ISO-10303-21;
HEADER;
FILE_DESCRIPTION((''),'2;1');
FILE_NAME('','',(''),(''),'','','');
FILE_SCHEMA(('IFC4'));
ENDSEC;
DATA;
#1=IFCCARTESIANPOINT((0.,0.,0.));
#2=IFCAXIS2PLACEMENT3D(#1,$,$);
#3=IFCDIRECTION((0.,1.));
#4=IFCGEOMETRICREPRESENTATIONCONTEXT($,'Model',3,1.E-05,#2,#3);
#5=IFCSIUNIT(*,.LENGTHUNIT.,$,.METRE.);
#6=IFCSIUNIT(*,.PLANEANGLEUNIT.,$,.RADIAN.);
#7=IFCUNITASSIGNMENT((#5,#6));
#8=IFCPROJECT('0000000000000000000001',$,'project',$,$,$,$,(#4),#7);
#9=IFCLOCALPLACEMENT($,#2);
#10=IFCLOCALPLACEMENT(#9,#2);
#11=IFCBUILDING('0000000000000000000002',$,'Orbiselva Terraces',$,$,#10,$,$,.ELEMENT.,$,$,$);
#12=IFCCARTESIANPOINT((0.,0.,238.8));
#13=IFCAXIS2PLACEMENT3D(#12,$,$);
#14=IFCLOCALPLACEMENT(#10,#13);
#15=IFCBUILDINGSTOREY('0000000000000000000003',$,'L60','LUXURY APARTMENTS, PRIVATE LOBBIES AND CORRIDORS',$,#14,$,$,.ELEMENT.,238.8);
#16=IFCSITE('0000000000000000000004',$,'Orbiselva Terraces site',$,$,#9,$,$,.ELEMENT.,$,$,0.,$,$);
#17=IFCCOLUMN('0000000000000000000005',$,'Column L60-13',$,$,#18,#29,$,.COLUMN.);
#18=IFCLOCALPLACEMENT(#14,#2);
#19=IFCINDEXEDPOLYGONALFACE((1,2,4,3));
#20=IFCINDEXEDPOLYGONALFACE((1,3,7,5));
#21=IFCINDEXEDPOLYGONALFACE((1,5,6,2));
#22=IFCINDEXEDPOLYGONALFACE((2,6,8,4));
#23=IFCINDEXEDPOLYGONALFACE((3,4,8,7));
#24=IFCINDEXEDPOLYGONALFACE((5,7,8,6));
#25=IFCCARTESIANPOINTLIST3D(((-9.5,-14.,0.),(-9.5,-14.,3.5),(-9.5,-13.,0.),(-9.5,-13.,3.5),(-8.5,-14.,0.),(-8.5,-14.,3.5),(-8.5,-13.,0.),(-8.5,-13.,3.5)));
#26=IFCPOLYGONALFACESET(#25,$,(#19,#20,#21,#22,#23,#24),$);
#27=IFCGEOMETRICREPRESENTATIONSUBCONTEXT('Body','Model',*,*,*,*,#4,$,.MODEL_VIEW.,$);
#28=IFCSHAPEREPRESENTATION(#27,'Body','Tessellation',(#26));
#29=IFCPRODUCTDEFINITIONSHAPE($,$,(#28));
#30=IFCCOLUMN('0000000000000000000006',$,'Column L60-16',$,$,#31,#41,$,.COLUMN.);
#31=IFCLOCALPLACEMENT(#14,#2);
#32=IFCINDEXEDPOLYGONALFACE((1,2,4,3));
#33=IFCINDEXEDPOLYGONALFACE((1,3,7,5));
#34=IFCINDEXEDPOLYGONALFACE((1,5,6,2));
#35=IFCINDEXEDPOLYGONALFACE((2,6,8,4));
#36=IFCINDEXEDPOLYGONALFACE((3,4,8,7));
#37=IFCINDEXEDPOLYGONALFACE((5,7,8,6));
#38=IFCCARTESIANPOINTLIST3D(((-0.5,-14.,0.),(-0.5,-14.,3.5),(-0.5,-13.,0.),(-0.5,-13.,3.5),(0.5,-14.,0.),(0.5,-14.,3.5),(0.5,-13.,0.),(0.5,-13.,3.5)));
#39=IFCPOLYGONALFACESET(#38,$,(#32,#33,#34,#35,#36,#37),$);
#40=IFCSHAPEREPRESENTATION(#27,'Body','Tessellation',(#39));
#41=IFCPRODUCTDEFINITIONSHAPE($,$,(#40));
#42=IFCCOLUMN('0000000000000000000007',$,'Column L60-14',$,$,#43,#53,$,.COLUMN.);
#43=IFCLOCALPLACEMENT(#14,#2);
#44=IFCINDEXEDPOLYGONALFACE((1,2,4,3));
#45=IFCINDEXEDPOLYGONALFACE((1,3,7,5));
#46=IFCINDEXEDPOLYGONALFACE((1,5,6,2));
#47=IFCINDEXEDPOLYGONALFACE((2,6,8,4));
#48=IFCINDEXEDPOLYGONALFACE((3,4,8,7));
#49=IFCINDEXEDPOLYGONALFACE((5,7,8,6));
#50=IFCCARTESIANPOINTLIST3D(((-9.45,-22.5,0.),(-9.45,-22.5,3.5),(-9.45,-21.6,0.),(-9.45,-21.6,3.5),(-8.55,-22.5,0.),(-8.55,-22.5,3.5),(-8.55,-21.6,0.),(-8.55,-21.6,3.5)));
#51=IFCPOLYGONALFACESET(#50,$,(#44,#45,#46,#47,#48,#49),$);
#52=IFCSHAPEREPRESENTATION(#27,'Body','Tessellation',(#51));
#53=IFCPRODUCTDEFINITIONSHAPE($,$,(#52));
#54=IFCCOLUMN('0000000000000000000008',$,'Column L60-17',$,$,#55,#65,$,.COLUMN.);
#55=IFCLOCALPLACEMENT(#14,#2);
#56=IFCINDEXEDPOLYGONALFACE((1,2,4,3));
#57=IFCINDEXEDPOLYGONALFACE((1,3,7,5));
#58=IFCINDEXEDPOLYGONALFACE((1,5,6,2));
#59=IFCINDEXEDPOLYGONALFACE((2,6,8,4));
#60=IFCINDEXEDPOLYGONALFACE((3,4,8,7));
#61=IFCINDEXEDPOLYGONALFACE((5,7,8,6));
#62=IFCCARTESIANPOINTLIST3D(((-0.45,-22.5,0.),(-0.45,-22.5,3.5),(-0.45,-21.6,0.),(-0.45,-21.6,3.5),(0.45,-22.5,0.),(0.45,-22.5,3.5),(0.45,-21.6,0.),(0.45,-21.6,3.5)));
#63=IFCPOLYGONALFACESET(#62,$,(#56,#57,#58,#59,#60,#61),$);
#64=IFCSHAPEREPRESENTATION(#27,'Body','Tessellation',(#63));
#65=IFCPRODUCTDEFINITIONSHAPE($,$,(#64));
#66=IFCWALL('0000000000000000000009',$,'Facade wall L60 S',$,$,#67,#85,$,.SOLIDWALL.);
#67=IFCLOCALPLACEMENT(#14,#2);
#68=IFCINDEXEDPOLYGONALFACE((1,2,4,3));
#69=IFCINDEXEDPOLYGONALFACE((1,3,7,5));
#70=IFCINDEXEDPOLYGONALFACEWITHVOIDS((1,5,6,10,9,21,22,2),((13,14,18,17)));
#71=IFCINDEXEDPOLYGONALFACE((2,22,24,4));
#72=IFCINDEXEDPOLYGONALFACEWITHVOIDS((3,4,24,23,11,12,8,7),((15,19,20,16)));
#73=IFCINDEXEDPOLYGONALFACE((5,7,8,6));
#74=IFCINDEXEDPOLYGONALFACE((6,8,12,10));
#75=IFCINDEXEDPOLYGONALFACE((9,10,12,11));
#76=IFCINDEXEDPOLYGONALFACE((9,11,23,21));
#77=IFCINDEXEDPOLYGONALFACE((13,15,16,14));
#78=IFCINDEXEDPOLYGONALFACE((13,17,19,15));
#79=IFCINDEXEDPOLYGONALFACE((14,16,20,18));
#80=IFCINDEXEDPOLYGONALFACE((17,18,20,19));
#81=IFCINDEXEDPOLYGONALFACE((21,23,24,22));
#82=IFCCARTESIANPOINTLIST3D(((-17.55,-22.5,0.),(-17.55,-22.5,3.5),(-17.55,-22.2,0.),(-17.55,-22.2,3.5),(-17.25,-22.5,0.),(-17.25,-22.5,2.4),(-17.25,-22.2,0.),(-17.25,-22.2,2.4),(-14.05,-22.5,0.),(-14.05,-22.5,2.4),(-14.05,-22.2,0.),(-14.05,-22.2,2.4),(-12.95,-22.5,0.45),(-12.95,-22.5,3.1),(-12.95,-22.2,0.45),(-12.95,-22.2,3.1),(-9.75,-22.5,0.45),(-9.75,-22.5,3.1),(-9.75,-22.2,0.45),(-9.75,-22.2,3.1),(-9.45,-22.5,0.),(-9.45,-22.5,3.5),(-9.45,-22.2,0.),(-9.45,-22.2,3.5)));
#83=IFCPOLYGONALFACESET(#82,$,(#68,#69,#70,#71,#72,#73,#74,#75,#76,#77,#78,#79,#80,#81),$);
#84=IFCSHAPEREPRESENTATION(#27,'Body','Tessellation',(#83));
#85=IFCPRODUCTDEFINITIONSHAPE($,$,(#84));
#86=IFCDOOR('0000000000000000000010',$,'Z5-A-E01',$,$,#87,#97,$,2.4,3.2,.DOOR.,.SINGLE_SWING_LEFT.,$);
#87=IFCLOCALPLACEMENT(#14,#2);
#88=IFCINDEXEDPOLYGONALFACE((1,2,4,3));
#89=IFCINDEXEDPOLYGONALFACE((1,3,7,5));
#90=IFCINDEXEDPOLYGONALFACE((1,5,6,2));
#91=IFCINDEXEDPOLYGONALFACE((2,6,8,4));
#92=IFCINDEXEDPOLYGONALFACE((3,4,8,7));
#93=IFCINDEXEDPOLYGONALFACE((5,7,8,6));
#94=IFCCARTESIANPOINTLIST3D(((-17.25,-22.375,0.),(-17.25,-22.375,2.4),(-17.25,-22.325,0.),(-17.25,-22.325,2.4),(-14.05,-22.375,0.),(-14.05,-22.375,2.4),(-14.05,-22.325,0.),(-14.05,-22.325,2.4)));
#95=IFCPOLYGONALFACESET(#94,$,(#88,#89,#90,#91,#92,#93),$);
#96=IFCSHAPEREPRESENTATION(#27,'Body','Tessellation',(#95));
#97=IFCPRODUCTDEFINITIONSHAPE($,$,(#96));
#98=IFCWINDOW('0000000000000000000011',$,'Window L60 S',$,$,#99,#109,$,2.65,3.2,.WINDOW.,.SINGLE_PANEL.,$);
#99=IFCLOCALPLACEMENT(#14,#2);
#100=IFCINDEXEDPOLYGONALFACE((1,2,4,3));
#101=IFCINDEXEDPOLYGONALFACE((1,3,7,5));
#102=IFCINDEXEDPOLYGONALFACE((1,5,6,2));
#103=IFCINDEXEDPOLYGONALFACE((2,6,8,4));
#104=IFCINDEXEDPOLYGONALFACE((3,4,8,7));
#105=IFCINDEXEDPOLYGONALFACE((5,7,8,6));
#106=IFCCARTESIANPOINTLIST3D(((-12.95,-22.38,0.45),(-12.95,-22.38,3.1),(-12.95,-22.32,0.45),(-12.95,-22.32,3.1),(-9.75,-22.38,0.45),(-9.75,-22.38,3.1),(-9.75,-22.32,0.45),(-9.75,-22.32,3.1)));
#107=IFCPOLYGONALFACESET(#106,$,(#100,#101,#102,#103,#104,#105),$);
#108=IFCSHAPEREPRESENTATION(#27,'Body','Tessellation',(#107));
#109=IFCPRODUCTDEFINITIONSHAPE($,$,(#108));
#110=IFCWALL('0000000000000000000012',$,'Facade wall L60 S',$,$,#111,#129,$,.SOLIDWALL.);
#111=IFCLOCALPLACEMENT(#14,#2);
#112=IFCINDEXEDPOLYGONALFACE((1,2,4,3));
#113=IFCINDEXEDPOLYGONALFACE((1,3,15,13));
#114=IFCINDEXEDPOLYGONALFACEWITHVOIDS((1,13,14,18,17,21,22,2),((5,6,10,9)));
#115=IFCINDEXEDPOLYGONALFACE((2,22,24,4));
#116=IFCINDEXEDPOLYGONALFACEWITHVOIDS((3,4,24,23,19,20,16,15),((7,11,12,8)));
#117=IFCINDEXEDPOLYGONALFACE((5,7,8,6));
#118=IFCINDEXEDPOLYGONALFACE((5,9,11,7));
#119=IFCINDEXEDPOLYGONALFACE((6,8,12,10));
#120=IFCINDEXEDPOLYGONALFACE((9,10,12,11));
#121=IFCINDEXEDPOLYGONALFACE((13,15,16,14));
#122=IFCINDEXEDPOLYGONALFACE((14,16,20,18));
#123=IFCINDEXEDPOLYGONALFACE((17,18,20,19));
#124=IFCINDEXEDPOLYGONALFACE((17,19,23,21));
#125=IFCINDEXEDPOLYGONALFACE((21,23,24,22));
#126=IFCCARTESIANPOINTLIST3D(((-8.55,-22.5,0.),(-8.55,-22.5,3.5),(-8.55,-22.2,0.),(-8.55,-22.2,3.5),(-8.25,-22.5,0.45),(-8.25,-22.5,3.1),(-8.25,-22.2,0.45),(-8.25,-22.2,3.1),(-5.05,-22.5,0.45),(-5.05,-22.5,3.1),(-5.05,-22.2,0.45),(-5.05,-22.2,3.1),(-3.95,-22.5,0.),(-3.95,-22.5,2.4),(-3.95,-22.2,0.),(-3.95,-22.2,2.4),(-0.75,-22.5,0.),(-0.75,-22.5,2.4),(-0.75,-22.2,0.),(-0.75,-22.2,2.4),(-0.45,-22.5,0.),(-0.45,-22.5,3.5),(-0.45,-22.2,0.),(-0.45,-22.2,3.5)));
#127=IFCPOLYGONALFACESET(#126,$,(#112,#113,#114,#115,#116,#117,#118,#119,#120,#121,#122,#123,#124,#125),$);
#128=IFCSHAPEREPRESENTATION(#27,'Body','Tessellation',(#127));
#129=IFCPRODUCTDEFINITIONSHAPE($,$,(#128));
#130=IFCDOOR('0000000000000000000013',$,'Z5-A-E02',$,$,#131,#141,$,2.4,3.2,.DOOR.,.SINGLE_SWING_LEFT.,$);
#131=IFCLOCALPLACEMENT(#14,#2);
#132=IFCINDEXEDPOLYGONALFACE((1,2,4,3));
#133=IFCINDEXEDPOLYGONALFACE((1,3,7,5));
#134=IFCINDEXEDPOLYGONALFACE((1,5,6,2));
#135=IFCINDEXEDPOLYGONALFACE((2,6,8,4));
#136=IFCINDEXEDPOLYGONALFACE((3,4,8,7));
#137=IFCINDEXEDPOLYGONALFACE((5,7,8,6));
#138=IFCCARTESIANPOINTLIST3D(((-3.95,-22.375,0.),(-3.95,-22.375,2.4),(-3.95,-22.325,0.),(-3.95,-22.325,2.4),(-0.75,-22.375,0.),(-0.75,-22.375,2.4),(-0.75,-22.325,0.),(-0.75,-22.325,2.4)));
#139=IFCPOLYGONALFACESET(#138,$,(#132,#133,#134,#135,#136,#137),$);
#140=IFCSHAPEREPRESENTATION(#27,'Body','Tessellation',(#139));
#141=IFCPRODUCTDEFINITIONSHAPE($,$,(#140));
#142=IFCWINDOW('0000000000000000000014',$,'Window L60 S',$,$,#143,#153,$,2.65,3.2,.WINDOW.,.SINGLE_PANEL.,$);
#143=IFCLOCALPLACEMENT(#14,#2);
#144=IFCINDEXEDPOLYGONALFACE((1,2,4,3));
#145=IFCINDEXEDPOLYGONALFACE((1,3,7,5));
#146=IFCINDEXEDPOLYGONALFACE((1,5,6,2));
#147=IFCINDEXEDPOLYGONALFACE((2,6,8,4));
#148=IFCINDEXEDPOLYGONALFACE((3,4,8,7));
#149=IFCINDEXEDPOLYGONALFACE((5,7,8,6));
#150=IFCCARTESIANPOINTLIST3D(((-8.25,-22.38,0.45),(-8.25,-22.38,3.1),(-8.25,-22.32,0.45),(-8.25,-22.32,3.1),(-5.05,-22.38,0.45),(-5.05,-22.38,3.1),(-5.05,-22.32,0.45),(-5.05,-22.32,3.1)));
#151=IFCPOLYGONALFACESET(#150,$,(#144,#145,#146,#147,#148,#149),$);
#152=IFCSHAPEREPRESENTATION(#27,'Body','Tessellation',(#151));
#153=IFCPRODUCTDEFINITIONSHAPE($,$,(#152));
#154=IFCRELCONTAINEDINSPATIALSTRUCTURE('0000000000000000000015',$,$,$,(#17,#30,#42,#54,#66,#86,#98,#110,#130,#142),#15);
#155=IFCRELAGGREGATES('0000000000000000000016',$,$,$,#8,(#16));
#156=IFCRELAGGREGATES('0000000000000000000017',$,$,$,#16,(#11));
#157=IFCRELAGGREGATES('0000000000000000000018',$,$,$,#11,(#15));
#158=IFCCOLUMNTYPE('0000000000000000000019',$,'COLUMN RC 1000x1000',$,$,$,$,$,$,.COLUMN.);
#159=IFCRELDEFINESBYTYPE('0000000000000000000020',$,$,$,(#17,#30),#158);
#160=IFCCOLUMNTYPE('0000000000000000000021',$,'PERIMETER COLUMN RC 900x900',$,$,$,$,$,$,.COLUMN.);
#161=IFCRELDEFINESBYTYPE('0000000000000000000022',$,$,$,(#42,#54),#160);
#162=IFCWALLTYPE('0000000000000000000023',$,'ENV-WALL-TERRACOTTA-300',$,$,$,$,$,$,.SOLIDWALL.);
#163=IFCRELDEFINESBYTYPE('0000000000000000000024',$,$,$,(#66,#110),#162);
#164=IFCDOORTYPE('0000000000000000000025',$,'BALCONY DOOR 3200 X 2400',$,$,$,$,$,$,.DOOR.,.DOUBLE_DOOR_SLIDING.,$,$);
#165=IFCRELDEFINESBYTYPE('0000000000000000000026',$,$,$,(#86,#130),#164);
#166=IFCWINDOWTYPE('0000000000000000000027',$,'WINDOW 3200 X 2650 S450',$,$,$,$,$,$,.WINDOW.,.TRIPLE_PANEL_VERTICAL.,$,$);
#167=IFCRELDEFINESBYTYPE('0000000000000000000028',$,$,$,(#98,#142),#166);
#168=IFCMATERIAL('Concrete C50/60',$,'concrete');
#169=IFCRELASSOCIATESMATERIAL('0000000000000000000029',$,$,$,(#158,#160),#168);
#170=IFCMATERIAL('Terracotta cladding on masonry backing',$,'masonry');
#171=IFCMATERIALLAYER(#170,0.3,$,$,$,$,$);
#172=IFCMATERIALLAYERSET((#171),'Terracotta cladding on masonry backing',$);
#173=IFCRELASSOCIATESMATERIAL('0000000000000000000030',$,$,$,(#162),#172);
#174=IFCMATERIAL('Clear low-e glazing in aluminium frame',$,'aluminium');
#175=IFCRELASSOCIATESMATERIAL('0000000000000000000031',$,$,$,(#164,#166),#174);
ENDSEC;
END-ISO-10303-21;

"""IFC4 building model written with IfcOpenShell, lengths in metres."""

from ifc_helpers import new_model, si_unit, direction, frame, frame_2d, origin, origin_2d, place, context, subcontext, project, spatial, rectangle, extrude, material, layer, layer_set, material_profile, profile_set, type_object, element, fill, save


model = new_model("IFC4")

# Units and contexts
model_context = context("Model", 3, precision=1e-05, world=origin(), true_north=direction((0.0, 1.0)))
body_context = subcontext(model_context, "Body", "Model", "MODEL_VIEW")
ifc_project = project(units=[si_unit("LENGTHUNIT", "METRE"), si_unit("PLANEANGLEUNIT", "RADIAN")], contexts=[model_context])

# Site, building, storey
site_placement = place(None, origin())
site = spatial("IfcSite", under=ifc_project, at=site_placement, Name="Orbiselva Terraces site", CompositionType="ELEMENT", RefElevation=0.0)
building_placement = place(site_placement, origin())
building = spatial("IfcBuilding", under=site, at=building_placement, Name="Orbiselva Terraces", CompositionType="ELEMENT")
storey_placement = place(building_placement, frame((0.0, 0.0, 238.8)))
storey = spatial("IfcBuildingStorey", under=building, at=storey_placement, Name="L60", Description="LUXURY APARTMENTS, PRIVATE LOBBIES AND CORRIDORS", CompositionType="ELEMENT", Elevation=238.8)

# Columns
ifc_material_1 = material(Name="Concrete C50/60", Category="concrete")
ifc_material_profile_1 = material_profile(ifc_material_1, rectangle(XDim=1.0, YDim=1.0, at=origin_2d()), Name="RC 1000x1000")
ifc_profile_set_1 = profile_set([ifc_material_profile_1], Name="Concrete C50/60")
column_type_1 = type_object("IfcColumnType", Name="COLUMN RC 1000x1000", PredefinedType="COLUMN", material=ifc_profile_set_1)
for number, where, z_axis, x_axis, name in (
    (1, (-9.0, -13.5, 0.0), (0.0, 0.0, 1.0), (1.0, 0.0, 0.0), "Column L60-13"),
    (2, (0.0, -13.5, 0.0), (0.0, 0.0, 1.0), (1.0, 0.0, 0.0), "Column L60-16"),
):
    element("IfcColumn", number, at=place(storey_placement, frame(where, z_axis=z_axis, x_axis=x_axis)), inside=storey, type_object=column_type_1, Name=name, PredefinedType="COLUMN", context=body_context, shape_type="SweptSolid", body=[
        extrude(rectangle(XDim=1.0, YDim=1.0, at=origin_2d()), origin(), (0.0, 0.0, 1.0), 3.5),
    ])
ifc_material_profile_2 = material_profile(ifc_material_1, rectangle(XDim=0.9, YDim=0.9, at=origin_2d()), Name="RC 900x900")
ifc_profile_set_2 = profile_set([ifc_material_profile_2], Name="Concrete C50/60")
column_type_2 = type_object("IfcColumnType", Name="PERIMETER COLUMN RC 900x900", PredefinedType="COLUMN", material=ifc_profile_set_2)
for number, where, z_axis, x_axis, name in (
    (3, (-9.0, -22.05, 0.0), (0.0, 0.0, 1.0), (1.0, 0.0, 0.0), "Column L60-14"),
    (4, (0.0, -22.05, 0.0), (0.0, 0.0, 1.0), (1.0, 0.0, 0.0), "Column L60-17"),
):
    element("IfcColumn", number, at=place(storey_placement, frame(where, z_axis=z_axis, x_axis=x_axis)), inside=storey, type_object=column_type_2, Name=name, PredefinedType="COLUMN", context=body_context, shape_type="SweptSolid", body=[
        extrude(rectangle(XDim=0.9, YDim=0.9, at=origin_2d()), origin(), (0.0, 0.0, 1.0), 3.5),
    ])

# Walls, openings, doors, windows
ifc_material_2 = material(Name="Terracotta cladding on masonry backing", Category="masonry")
ifc_layer_1 = layer(ifc_material_2, 0.3)
ifc_layer_set_1 = layer_set([ifc_layer_1], Name="Terracotta cladding on masonry backing")
wall_type_1 = type_object("IfcWallType", Name="ENV-WALL-TERRACOTTA-300", PredefinedType="SOLIDWALL", material=ifc_layer_set_1)
wall_1_placement = place(storey_placement, frame((-9.45, -22.35, 0.0), z_axis=(0.0, 0.0, 1.0), x_axis=(-1.0, 0.0, 0.0)))
wall_1 = element("IfcWall", 5, at=wall_1_placement, inside=storey, type_object=wall_type_1, Name="Facade wall L60 S", PredefinedType="SOLIDWALL", context=body_context, shape_type="SweptSolid", body=[
    extrude(rectangle(XDim=8.1, YDim=0.3, at=frame_2d((4.05, 0.0))), origin(), (0.0, 0.0, 1.0), 3.5),
])
opening_1_placement = place(wall_1_placement, frame((4.6, 0.0, 0.0)))
opening_1 = element("IfcOpeningElement", 6, at=opening_1_placement, cuts=wall_1, PredefinedType="OPENING", context=body_context, shape_type="SweptSolid", body=[
    extrude(rectangle(XDim=3.2, YDim=2.4, at=frame_2d((1.6, 1.2))), frame((0.0, 0.16, 0.0), z_axis=(0.0, -1.0, 0.0), x_axis=(1.0, 0.0, 0.0)), (0.0, 0.0, 1.0), 0.32),
])
opening_2_placement = place(wall_1_placement, frame((0.3, 0.0, 0.45)))
opening_2 = element("IfcOpeningElement", 7, at=opening_2_placement, cuts=wall_1, PredefinedType="OPENING", context=body_context, shape_type="SweptSolid", body=[
    extrude(rectangle(XDim=3.2, YDim=2.65, at=frame_2d((1.6, 1.325))), frame((0.0, 0.16, 0.0), z_axis=(0.0, -1.0, 0.0), x_axis=(1.0, 0.0, 0.0)), (0.0, 0.0, 1.0), 0.32),
])
ifc_material_3 = material(Name="Clear low-e glazing in aluminium frame", Category="aluminium")
door_type_1 = type_object("IfcDoorType", Name="BALCONY DOOR 3200 X 2400", OperationType="DOUBLE_DOOR_SLIDING", PredefinedType="DOOR", material=ifc_material_3)
door_1_placement = place(opening_1_placement, origin())
door_1 = element("IfcDoor", 8, at=door_1_placement, inside=storey, type_object=door_type_1, Name="Z5-A-E01", OperationType="SINGLE_SWING_LEFT", OverallHeight=2.4, OverallWidth=3.2, PredefinedType="DOOR", context=body_context, shape_type="SweptSolid", body=[
    extrude(rectangle(XDim=3.2, YDim=2.4, at=frame_2d((1.6, 1.2))), frame((0.0, 0.025, 0.0), z_axis=(0.0, -1.0, 0.0), x_axis=(1.0, 0.0, 0.0)), (0.0, 0.0, 1.0), 0.05),
])
fill(opening_1, door_1)
window_type = type_object("IfcWindowType", Name="WINDOW 3200 X 2650 S450", PartitioningType="TRIPLE_PANEL_VERTICAL", PredefinedType="WINDOW", material=ifc_material_3)
window_1_placement = place(opening_2_placement, origin())
window_1 = element("IfcWindow", 9, at=window_1_placement, inside=storey, type_object=window_type, Name="Window L60 S", OverallHeight=2.65, OverallWidth=3.2, PartitioningType="SINGLE_PANEL", PredefinedType="WINDOW", context=body_context, shape_type="SweptSolid", body=[
    extrude(rectangle(XDim=3.2, YDim=2.65, at=frame_2d((1.6, 1.325))), frame((0.0, 0.03, 0.0), z_axis=(0.0, -1.0, 0.0), x_axis=(1.0, 0.0, 0.0)), (0.0, 0.0, 1.0), 0.06),
])
fill(opening_2, window_1)
wall_2_placement = place(storey_placement, frame((-0.45, -22.35, 0.0), z_axis=(0.0, 0.0, 1.0), x_axis=(-1.0, 0.0, 0.0)))
wall_2 = element("IfcWall", 10, at=wall_2_placement, inside=storey, type_object=wall_type_1, Name="Facade wall L60 S", PredefinedType="SOLIDWALL", context=body_context, shape_type="SweptSolid", body=[
    extrude(rectangle(XDim=8.1, YDim=0.3, at=frame_2d((4.05, 0.0))), origin(), (0.0, 0.0, 1.0), 3.5),
])
opening_3_placement = place(wall_2_placement, frame((4.6, 0.0, 0.45)))
opening_3 = element("IfcOpeningElement", 11, at=opening_3_placement, cuts=wall_2, PredefinedType="OPENING", context=body_context, shape_type="SweptSolid", body=[
    extrude(rectangle(XDim=3.2, YDim=2.65, at=frame_2d((1.6, 1.325))), frame((0.0, 0.16, 0.0), z_axis=(0.0, -1.0, 0.0), x_axis=(1.0, 0.0, 0.0)), (0.0, 0.0, 1.0), 0.32),
])
opening_4_placement = place(wall_2_placement, frame((0.3, 0.0, 0.0)))
opening_4 = element("IfcOpeningElement", 12, at=opening_4_placement, cuts=wall_2, PredefinedType="OPENING", context=body_context, shape_type="SweptSolid", body=[
    extrude(rectangle(XDim=3.2, YDim=2.4, at=frame_2d((1.6, 1.2))), frame((0.0, 0.16, 0.0), z_axis=(0.0, -1.0, 0.0), x_axis=(1.0, 0.0, 0.0)), (0.0, 0.0, 1.0), 0.32),
])
door_2_placement = place(opening_4_placement, origin())
door_2 = element("IfcDoor", 13, at=door_2_placement, inside=storey, type_object=door_type_1, Name="Z5-A-E02", OperationType="SINGLE_SWING_LEFT", OverallHeight=2.4, OverallWidth=3.2, PredefinedType="DOOR", context=body_context, shape_type="SweptSolid", body=[
    extrude(rectangle(XDim=3.2, YDim=2.4, at=frame_2d((1.6, 1.2))), frame((0.0, 0.025, 0.0), z_axis=(0.0, -1.0, 0.0), x_axis=(1.0, 0.0, 0.0)), (0.0, 0.0, 1.0), 0.05),
])
fill(opening_4, door_2)
window_2_placement = place(opening_3_placement, origin())
window_2 = element("IfcWindow", 14, at=window_2_placement, inside=storey, type_object=window_type, Name="Window L60 S", OverallHeight=2.65, OverallWidth=3.2, PartitioningType="SINGLE_PANEL", PredefinedType="WINDOW", context=body_context, shape_type="SweptSolid", body=[
    extrude(rectangle(XDim=3.2, YDim=2.65, at=frame_2d((1.6, 1.325))), frame((0.0, 0.03, 0.0), z_axis=(0.0, -1.0, 0.0), x_axis=(1.0, 0.0, 0.0)), (0.0, 0.0, 1.0), 0.06),
])
fill(opening_3, window_2)

save(model, "model.ifc")
